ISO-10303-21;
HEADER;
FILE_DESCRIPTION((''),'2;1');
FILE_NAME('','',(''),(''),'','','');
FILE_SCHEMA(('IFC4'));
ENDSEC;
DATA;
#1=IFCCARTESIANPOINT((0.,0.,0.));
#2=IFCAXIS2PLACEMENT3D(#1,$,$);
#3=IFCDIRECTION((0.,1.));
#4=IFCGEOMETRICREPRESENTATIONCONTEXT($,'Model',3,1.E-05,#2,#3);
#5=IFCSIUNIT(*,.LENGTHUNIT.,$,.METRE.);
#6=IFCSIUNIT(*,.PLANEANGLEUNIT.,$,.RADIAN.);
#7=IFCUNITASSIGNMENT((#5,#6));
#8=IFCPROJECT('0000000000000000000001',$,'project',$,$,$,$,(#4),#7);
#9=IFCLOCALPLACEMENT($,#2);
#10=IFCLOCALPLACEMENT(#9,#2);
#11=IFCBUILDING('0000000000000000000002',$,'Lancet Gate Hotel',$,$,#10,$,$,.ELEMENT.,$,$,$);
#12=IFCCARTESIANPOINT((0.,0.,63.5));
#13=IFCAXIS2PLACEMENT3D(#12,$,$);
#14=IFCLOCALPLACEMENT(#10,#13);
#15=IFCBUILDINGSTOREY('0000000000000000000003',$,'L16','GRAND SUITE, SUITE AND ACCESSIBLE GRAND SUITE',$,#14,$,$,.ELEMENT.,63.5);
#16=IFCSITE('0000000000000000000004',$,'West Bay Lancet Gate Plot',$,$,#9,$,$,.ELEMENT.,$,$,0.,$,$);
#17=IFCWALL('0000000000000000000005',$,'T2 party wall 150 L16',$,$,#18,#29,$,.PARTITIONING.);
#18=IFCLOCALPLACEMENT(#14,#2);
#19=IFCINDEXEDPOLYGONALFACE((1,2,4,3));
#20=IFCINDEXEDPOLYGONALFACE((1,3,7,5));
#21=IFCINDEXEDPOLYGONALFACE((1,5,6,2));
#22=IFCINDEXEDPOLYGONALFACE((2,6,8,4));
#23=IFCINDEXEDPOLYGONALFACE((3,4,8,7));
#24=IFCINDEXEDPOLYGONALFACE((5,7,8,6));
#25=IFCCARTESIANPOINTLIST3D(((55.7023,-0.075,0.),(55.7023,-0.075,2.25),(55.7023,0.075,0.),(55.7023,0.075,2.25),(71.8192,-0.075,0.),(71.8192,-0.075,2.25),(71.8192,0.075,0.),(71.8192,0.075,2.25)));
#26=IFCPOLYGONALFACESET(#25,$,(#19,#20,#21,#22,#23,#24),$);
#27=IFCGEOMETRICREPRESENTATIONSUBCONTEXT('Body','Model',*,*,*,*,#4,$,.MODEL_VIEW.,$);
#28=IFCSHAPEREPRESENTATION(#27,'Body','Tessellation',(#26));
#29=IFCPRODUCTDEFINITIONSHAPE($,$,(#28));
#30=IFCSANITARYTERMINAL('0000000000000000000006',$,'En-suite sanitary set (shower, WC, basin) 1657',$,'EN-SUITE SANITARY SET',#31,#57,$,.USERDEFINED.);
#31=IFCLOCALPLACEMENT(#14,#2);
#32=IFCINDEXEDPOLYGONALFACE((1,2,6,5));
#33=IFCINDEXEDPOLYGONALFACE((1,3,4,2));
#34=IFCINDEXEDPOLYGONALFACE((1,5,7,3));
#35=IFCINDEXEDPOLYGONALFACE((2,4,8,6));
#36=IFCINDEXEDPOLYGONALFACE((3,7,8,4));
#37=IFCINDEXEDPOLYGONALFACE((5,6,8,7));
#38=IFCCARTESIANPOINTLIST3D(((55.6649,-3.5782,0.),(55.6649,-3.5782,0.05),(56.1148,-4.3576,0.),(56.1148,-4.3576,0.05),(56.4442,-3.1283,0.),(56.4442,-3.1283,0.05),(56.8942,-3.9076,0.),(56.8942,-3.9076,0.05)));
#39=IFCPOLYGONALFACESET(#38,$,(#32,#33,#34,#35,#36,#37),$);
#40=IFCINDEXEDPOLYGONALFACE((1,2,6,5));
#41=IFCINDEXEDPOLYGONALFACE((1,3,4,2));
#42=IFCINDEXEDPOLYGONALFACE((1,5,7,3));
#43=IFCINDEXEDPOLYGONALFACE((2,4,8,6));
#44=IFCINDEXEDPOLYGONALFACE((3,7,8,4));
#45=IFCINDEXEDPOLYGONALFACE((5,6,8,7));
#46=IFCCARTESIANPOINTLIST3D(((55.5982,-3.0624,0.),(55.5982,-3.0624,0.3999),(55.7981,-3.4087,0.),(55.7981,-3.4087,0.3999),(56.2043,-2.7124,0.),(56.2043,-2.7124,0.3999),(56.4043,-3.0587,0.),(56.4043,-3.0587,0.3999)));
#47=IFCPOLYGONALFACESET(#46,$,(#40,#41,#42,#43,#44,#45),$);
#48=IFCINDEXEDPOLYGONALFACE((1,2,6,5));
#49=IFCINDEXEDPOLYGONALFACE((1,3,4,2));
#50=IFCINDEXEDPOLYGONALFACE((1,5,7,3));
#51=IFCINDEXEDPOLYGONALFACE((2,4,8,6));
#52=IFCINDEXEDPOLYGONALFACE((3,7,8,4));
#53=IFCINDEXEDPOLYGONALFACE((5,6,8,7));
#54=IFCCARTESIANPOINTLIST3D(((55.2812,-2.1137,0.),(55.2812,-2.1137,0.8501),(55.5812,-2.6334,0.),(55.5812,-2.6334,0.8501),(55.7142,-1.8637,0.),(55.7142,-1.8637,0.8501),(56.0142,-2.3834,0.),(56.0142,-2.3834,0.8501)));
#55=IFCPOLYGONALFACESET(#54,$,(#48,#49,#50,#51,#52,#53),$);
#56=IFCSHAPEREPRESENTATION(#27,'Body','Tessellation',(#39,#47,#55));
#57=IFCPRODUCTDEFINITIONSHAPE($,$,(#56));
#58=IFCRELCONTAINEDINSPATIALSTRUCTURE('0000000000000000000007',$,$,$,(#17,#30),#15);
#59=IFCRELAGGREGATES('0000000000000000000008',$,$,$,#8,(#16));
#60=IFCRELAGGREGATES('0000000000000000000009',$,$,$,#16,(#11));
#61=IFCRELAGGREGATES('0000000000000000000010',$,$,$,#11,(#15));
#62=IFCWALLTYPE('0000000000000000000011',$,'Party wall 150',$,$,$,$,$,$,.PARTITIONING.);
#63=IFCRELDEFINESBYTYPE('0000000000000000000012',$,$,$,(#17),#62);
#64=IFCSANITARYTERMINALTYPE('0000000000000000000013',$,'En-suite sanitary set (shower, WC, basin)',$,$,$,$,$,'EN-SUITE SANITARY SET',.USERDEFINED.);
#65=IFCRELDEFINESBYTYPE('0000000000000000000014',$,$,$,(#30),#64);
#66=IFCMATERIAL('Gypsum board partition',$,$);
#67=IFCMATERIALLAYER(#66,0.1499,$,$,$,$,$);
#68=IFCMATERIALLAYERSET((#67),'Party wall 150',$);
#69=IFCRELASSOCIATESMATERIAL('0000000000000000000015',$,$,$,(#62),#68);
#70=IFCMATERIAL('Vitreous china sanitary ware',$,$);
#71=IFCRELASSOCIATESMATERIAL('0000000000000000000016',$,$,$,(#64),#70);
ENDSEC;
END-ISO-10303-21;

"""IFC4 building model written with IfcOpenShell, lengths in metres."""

from ifc_helpers import new_model, si_unit, direction, frame, frame_2d, origin, origin_2d, place, context, subcontext, project, spatial, rectangle, extrude, material, layer, layer_set, type_object, element, save


model = new_model("IFC4")

# Units and contexts
model_context = context("Model", 3, precision=1e-05, world=origin(), true_north=direction((0.0, 1.0)))
body_context = subcontext(model_context, "Body", "Model", "MODEL_VIEW")
ifc_project = project(units=[si_unit("LENGTHUNIT", "METRE"), si_unit("PLANEANGLEUNIT", "RADIAN")], contexts=[model_context])

# Site, building, storey
site_placement = place(None, origin())
site = spatial("IfcSite", under=ifc_project, at=site_placement, Name="West Bay Lancet Gate Plot", CompositionType="ELEMENT", RefElevation=0.0)
building_placement = place(site_placement, origin())
building = spatial("IfcBuilding", under=site, at=building_placement, Name="Lancet Gate Hotel", CompositionType="ELEMENT")
storey_placement = place(building_placement, frame((0.0, 0.0, 63.5)))
storey = spatial("IfcBuildingStorey", under=building, at=storey_placement, Name="L16", Description="GRAND SUITE, SUITE AND ACCESSIBLE GRAND SUITE", CompositionType="ELEMENT", Elevation=63.5)

# Wall
ifc_material_1 = material(Name="Gypsum board partition")
ifc_layer_1 = layer(ifc_material_1, 0.1499)
ifc_layer_set_1 = layer_set([ifc_layer_1], Name="Party wall 150")
wall_type_1 = type_object("IfcWallType", Name="Party wall 150", PredefinedType="PARTITIONING", material=ifc_layer_set_1)
wall_1_placement = place(storey_placement, frame((55.7021, 0.0, 0.0), z_axis=(0.0, 0.0, 1.0), x_axis=(1.0, 0.0, 0.0)))
element("IfcWall", 1, at=wall_1_placement, inside=storey, type_object=wall_type_1, Name="T2 party wall 150 L16", PredefinedType="PARTITIONING", context=body_context, shape_type="SweptSolid", body=[
    extrude(rectangle(XDim=16.1169, YDim=0.1499, at=frame_2d((8.0586, 0.0))), origin(), (0.0, 0.0, 1.0), 2.25),
])

# Sanitary terminal
ifc_material_2 = material(Name="Vitreous china sanitary ware")
sanitary_terminal_type = type_object("IfcSanitaryTerminalType", Name="En-suite sanitary set (shower, WC, basin)", ElementType="EN-SUITE SANITARY SET", PredefinedType="USERDEFINED", material=ifc_material_2)
sanitary_terminal_placement = place(storey_placement, frame((56.2795, -3.7429, 0.0), z_axis=(0.0, 0.0, 1.0), x_axis=(1.0, 0.0, 0.0)))
element("IfcSanitaryTerminal", 2, at=sanitary_terminal_placement, inside=storey, type_object=sanitary_terminal_type, Name="En-suite sanitary set (shower, WC, basin) 1657", ObjectType="EN-SUITE SANITARY SET", PredefinedType="USERDEFINED", context=body_context, shape_type="SweptSolid", body=[
    extrude(rectangle(XDim=0.8999, YDim=0.8999, at=origin_2d()), frame((0.0, 0.0, 0.0), z_axis=(0.0, 0.0, 1.0), x_axis=(0.5, -0.866025, 0.0)), (0.0, 0.0, 1.0), 0.05),
    extrude(rectangle(XDim=0.3999, YDim=0.7, at=origin_2d()), frame((-0.2783, 0.6824, 0.0), z_axis=(0.0, 0.0, 1.0), x_axis=(0.5, -0.866025, 0.0)), (0.0, 0.0, 1.0), 0.3999),
    extrude(rectangle(XDim=0.6001, YDim=0.5, at=origin_2d()), frame((-0.6318, 1.4944, 0.0), z_axis=(0.0, 0.0, 1.0), x_axis=(0.5, -0.866025, 0.0)), (0.0, 0.0, 1.0), 0.8501),
])

save(model, "model.ifc")
